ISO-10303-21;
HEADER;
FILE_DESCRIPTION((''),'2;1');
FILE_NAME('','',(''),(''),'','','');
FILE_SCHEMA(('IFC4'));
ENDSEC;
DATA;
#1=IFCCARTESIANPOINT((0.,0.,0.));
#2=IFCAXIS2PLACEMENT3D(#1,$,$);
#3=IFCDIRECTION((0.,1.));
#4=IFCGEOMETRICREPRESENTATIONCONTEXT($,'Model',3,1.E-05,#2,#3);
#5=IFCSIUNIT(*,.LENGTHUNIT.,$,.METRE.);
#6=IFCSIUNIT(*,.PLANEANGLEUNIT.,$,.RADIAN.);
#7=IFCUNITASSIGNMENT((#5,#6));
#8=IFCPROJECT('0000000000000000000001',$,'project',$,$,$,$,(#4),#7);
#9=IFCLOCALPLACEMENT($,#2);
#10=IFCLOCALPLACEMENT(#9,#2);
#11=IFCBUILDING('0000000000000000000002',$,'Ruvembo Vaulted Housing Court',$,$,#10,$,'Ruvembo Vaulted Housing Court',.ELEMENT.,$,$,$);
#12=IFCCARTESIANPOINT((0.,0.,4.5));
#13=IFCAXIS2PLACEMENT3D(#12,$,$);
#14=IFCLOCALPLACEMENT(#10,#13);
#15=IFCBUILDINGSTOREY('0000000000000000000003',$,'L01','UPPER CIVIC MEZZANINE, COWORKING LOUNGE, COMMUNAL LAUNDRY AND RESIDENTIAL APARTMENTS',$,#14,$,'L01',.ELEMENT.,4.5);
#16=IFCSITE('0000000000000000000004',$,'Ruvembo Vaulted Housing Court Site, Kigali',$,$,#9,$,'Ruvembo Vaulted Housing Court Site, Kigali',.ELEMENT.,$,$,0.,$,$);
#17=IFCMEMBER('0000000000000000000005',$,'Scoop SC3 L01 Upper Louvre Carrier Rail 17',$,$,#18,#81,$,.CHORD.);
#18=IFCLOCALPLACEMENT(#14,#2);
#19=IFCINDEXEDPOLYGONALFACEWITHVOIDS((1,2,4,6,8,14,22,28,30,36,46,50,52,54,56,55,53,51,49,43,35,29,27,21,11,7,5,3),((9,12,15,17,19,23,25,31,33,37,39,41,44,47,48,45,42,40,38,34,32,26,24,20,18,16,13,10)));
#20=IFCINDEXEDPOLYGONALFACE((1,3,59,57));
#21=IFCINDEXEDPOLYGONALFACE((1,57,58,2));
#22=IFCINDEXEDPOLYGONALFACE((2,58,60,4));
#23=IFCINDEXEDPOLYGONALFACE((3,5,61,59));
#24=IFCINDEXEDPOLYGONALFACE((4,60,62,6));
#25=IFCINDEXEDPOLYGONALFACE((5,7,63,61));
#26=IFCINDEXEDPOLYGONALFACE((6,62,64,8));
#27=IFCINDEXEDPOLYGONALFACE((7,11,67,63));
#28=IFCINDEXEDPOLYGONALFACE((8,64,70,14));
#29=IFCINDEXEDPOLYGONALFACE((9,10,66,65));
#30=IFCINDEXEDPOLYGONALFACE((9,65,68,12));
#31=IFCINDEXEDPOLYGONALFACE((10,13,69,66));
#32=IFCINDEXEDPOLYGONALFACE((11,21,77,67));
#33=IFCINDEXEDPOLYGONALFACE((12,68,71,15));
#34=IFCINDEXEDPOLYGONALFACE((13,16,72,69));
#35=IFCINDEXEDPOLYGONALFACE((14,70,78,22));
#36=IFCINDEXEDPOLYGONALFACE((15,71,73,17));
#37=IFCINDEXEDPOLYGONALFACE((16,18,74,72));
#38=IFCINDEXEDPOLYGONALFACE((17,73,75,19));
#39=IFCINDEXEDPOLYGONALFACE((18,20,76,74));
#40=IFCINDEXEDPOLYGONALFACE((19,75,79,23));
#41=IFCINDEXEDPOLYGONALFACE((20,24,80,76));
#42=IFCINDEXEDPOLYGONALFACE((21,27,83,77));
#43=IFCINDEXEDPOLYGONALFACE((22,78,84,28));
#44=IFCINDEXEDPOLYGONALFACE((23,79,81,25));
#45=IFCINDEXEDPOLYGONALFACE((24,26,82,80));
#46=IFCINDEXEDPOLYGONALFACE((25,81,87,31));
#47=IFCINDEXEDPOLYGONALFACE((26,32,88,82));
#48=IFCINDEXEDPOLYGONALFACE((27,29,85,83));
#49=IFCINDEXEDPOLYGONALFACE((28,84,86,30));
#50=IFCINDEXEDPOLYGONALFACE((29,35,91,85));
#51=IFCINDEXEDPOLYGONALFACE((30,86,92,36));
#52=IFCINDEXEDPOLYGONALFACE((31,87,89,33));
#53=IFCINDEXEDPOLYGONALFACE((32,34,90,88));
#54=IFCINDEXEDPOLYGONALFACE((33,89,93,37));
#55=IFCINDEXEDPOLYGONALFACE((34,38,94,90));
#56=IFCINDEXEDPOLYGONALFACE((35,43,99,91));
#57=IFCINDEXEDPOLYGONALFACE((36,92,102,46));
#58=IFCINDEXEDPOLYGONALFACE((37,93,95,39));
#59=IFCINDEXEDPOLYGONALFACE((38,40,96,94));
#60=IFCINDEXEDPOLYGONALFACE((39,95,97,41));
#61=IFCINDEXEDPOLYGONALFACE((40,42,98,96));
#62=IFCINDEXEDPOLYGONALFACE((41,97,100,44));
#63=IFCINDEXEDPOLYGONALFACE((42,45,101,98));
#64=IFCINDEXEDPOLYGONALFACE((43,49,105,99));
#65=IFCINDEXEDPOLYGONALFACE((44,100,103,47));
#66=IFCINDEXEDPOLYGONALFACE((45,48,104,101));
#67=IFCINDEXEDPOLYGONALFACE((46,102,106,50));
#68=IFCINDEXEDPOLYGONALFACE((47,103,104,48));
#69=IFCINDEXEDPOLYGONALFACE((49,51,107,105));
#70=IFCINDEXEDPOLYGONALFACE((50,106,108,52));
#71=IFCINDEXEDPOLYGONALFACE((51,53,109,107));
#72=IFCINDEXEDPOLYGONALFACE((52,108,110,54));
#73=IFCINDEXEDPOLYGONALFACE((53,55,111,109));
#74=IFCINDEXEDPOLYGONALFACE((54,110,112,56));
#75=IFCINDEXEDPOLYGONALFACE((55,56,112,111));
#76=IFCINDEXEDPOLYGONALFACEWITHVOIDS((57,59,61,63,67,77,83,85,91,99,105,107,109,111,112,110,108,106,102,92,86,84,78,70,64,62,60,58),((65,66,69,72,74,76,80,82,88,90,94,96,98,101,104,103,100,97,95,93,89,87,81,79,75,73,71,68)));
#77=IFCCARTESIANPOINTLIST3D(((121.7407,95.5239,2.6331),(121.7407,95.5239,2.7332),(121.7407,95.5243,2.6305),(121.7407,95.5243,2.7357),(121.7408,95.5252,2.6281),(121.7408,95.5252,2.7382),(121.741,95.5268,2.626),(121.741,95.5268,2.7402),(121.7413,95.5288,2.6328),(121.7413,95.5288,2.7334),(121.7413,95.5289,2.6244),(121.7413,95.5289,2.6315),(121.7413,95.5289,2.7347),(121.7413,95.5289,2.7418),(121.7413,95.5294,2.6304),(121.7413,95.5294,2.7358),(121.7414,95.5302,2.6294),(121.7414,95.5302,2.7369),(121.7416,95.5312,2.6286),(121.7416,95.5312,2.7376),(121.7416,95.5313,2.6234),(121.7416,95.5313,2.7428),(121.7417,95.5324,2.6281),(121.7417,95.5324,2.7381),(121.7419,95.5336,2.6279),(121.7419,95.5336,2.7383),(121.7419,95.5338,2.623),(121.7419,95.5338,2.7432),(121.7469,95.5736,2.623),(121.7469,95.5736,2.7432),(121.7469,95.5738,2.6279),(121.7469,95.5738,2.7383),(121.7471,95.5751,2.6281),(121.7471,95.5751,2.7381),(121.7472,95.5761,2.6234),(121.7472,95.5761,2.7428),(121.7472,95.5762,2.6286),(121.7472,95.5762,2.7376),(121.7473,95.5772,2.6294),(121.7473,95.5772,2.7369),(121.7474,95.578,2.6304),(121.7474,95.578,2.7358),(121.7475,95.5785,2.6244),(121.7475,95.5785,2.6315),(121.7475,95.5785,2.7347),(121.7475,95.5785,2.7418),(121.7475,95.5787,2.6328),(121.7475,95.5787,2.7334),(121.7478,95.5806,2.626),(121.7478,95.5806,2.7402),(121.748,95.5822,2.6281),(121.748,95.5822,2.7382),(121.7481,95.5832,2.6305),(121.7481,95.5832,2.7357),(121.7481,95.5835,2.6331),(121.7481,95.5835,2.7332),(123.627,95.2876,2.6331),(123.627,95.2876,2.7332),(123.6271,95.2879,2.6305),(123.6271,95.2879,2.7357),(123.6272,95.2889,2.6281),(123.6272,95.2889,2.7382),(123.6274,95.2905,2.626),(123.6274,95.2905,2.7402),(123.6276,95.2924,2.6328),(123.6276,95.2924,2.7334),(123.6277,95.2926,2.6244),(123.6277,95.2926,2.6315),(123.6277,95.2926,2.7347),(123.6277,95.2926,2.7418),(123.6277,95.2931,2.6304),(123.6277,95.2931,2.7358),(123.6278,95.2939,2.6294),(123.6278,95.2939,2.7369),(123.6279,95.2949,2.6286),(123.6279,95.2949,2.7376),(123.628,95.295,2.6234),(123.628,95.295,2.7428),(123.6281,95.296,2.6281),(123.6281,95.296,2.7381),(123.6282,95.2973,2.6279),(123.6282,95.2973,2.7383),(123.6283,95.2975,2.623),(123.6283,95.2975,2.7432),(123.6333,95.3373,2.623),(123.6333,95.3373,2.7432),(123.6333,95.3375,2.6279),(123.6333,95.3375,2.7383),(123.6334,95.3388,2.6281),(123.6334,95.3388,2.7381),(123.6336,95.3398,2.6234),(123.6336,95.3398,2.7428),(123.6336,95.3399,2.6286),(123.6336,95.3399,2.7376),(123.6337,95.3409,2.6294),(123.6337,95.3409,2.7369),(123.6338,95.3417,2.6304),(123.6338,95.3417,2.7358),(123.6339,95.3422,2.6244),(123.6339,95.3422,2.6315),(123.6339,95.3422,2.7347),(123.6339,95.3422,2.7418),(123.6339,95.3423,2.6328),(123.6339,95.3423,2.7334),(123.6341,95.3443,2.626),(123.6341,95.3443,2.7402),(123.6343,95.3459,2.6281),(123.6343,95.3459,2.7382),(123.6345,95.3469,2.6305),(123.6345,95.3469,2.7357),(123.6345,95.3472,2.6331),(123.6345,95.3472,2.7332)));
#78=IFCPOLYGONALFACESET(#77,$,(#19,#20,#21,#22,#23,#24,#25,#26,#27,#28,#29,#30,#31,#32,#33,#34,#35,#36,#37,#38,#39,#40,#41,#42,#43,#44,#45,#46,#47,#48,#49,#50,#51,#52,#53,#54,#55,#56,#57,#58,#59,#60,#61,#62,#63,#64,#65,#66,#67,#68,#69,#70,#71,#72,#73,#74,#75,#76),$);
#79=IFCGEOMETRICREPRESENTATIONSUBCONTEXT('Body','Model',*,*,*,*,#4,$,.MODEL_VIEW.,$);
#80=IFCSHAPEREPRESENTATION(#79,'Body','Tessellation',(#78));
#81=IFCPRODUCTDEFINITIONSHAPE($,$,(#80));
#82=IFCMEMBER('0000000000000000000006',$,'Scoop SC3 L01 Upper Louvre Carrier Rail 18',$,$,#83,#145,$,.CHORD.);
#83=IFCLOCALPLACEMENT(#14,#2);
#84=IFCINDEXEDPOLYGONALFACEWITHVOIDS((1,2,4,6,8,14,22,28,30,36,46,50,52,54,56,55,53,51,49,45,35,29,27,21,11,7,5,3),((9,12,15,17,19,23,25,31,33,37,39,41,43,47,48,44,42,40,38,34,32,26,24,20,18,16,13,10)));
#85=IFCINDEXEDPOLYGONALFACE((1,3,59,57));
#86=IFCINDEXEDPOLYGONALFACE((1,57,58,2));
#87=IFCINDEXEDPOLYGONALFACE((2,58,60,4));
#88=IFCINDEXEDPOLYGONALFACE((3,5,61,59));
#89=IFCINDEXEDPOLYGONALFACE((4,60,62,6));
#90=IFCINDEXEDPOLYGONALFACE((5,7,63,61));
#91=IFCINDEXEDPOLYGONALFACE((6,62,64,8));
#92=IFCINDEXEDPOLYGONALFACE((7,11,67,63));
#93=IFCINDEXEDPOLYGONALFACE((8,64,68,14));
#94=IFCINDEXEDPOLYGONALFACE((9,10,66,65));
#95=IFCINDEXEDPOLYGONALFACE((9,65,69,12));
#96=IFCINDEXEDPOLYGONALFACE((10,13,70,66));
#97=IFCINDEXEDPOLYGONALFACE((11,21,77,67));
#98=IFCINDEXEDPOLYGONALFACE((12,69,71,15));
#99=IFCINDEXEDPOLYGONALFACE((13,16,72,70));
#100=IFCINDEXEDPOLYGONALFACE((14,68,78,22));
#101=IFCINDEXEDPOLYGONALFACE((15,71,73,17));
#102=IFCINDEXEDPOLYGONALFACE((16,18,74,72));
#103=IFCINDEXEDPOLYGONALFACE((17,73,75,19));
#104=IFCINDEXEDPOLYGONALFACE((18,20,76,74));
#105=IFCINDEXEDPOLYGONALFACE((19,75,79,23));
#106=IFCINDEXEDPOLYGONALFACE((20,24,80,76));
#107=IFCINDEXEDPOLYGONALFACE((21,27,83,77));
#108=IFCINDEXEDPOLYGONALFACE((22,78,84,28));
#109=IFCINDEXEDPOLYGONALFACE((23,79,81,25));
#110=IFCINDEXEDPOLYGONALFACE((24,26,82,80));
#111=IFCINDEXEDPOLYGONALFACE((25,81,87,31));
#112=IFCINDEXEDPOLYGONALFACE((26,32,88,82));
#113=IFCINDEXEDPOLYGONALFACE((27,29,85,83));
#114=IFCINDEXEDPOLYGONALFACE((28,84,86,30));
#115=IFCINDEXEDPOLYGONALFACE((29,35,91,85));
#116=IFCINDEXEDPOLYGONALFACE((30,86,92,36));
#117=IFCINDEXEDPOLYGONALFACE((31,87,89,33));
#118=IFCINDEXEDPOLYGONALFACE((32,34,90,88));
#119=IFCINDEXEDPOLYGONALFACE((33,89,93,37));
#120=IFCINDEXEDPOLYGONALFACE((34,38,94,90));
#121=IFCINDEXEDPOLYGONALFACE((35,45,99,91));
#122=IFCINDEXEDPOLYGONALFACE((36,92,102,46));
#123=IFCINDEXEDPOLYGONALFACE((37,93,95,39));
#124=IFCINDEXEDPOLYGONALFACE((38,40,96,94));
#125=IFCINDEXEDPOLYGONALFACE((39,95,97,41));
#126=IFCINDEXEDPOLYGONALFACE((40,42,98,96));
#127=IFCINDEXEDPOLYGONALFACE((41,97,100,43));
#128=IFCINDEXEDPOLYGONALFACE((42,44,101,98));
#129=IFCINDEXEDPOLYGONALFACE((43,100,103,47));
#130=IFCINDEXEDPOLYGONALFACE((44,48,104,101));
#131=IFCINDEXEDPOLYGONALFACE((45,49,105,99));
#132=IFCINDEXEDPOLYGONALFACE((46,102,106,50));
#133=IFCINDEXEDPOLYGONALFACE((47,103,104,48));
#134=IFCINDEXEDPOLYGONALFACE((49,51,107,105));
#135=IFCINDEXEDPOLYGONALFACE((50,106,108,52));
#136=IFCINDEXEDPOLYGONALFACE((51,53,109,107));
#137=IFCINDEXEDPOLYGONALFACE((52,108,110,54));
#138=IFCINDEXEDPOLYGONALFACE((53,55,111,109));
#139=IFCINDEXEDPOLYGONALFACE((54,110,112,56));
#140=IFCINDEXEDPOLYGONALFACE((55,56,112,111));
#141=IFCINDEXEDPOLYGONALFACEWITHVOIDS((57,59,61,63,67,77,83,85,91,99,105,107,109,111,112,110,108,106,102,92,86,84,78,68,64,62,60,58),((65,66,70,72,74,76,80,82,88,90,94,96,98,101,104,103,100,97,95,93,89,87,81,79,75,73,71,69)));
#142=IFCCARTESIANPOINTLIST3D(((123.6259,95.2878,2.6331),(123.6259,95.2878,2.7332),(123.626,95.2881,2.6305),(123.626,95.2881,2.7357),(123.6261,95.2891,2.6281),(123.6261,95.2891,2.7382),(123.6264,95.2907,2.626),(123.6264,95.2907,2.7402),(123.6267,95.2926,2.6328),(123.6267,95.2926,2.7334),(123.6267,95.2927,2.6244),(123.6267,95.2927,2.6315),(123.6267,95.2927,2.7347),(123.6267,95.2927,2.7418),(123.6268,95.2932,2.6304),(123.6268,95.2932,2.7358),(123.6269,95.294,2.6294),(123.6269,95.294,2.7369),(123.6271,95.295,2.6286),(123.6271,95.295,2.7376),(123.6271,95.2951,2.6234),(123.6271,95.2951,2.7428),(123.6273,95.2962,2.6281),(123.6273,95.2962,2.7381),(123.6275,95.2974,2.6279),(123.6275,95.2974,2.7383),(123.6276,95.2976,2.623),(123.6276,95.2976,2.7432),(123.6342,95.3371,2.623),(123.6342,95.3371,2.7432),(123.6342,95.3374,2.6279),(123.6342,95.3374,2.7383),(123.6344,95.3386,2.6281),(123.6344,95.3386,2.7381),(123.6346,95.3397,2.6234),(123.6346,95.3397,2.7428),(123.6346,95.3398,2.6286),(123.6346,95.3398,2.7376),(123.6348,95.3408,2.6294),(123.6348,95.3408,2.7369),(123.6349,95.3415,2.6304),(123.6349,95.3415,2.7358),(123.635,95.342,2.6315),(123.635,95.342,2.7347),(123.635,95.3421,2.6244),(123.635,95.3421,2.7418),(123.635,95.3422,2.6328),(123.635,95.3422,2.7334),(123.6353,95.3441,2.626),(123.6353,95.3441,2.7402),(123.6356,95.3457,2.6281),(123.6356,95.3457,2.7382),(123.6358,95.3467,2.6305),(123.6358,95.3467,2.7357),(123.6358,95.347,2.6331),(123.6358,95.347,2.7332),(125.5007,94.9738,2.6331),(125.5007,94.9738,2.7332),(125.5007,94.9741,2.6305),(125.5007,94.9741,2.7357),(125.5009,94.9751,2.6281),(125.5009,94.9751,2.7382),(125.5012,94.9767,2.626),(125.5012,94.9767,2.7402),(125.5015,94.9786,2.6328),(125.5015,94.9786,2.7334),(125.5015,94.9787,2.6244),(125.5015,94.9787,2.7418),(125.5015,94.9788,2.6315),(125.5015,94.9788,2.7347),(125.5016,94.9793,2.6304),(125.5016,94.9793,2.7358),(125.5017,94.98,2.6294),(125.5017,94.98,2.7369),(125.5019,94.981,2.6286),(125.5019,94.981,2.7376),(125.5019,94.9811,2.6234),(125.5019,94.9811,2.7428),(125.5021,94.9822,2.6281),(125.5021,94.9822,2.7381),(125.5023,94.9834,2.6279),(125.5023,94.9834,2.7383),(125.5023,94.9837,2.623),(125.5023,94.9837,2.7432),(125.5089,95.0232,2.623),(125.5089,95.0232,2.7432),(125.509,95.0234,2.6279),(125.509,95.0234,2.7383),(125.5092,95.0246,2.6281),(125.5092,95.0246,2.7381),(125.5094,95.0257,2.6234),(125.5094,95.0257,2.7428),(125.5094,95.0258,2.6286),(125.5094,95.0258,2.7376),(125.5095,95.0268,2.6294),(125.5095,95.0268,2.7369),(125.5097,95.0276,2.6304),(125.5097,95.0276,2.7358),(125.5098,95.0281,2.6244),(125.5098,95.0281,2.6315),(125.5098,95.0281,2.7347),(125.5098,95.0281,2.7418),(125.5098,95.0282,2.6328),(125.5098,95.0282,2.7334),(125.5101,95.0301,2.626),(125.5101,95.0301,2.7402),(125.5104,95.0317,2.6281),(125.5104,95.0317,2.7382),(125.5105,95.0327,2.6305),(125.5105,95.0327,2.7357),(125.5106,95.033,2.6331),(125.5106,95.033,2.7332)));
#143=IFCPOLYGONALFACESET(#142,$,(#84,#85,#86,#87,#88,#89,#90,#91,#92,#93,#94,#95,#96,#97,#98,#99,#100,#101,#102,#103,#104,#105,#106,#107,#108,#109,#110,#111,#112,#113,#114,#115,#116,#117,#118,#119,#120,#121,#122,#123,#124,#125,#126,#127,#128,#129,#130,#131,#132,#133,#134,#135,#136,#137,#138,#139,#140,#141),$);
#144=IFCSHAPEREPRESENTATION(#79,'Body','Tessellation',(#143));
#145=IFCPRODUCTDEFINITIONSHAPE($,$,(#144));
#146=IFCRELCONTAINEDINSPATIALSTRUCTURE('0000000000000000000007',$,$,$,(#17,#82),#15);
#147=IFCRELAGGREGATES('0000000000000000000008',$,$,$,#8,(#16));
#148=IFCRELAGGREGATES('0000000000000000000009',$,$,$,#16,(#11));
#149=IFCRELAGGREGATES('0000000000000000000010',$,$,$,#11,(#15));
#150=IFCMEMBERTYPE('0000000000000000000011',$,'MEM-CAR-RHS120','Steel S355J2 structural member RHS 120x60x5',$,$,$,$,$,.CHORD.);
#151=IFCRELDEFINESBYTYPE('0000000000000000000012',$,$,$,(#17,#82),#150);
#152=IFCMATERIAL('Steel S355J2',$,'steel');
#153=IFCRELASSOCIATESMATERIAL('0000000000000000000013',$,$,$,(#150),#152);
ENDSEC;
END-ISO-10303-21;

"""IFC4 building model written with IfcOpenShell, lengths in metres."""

from ifc_helpers import new_model, si_unit, direction, frame, origin, origin_2d, place, context, subcontext, project, spatial, hollow_rectangle, extrude, material, material_profile, profile_set, type_object, element, save


model = new_model("IFC4")

# Units and contexts
model_context = context("Model", 3, precision=1e-05, world=origin(), true_north=direction((0.0, 1.0)))
body_context = subcontext(model_context, "Body", "Model", "MODEL_VIEW")
ifc_project = project(units=[si_unit("LENGTHUNIT", "METRE"), si_unit("PLANEANGLEUNIT", "RADIAN")], contexts=[model_context])

# Site, building, storey
site_placement = place(None, origin())
site = spatial("IfcSite", under=ifc_project, at=site_placement, Name="Ruvembo Vaulted Housing Court Site, Kigali", LongName="Ruvembo Vaulted Housing Court Site, Kigali", CompositionType="ELEMENT", RefElevation=0.0)
building_placement = place(site_placement, origin())
building = spatial("IfcBuilding", under=site, at=building_placement, Name="Ruvembo Vaulted Housing Court", LongName="Ruvembo Vaulted Housing Court", CompositionType="ELEMENT")
storey_placement = place(building_placement, frame((0.0, 0.0, 4.5)))
storey = spatial("IfcBuildingStorey", under=building, at=storey_placement, Name="L01", Description="UPPER CIVIC MEZZANINE, COWORKING LOUNGE, COMMUNAL LAUNDRY AND RESIDENTIAL APARTMENTS", LongName="L01", CompositionType="ELEMENT", Elevation=4.5)

# Shared definitions
ifc_material_1 = material(Name="Steel S355J2", Category="steel")

# Members
ifc_material_profile_1 = material_profile(ifc_material_1, hollow_rectangle(XDim=0.0601, YDim=0.1201, WallThickness=0.0049, InnerFilletRadius=0.0049, OuterFilletRadius=0.01, at=origin_2d()), Name="RHS 120x60x5")
ifc_profile_set_1 = profile_set([ifc_material_profile_1], Name="Steel S355J2")
member_type_1 = type_object("IfcMemberType", Name="MEM-CAR-RHS120", Description="Steel S355J2 structural member RHS 120x60x5", PredefinedType="CHORD", material=ifc_profile_set_1)
for number, where, z_axis, x_axis, name in (
    (1, (121.7444, 95.5537, 2.6831), (0.992244, -0.124303, 0.0), (0.124303, 0.992244, 0.0), "Scoop SC3 L01 Upper Louvre Carrier Rail 17"),
):
    element("IfcMember", number, at=place(storey_placement, frame(where, z_axis=z_axis, x_axis=x_axis)), inside=storey, type_object=member_type_1, Name=name, PredefinedType="CHORD", context=body_context, shape_type="SweptSolid", body=[
        extrude(hollow_rectangle(XDim=0.0601, YDim=0.1201, WallThickness=0.0049, InnerFilletRadius=0.0049, OuterFilletRadius=0.01, at=origin_2d()), origin(), (0.0, 0.0, 1.0), 1.9011),
    ])
member_1_placement = place(storey_placement, frame((123.6309, 95.3174, 2.6831), z_axis=(0.986265, -0.16517, 0.0), x_axis=(0.16517, 0.986265, 0.0)))
element("IfcMember", 2, at=member_1_placement, inside=storey, type_object=member_type_1, Name="Scoop SC3 L01 Upper Louvre Carrier Rail 18", PredefinedType="CHORD", context=body_context, shape_type="SweptSolid", body=[
    extrude(hollow_rectangle(XDim=0.0601, YDim=0.1201, WallThickness=0.0049, InnerFilletRadius=0.0049, OuterFilletRadius=0.01, at=origin_2d()), origin(), (0.0, 0.0, 1.0), 1.9009),
])

save(model, "model.ifc")
